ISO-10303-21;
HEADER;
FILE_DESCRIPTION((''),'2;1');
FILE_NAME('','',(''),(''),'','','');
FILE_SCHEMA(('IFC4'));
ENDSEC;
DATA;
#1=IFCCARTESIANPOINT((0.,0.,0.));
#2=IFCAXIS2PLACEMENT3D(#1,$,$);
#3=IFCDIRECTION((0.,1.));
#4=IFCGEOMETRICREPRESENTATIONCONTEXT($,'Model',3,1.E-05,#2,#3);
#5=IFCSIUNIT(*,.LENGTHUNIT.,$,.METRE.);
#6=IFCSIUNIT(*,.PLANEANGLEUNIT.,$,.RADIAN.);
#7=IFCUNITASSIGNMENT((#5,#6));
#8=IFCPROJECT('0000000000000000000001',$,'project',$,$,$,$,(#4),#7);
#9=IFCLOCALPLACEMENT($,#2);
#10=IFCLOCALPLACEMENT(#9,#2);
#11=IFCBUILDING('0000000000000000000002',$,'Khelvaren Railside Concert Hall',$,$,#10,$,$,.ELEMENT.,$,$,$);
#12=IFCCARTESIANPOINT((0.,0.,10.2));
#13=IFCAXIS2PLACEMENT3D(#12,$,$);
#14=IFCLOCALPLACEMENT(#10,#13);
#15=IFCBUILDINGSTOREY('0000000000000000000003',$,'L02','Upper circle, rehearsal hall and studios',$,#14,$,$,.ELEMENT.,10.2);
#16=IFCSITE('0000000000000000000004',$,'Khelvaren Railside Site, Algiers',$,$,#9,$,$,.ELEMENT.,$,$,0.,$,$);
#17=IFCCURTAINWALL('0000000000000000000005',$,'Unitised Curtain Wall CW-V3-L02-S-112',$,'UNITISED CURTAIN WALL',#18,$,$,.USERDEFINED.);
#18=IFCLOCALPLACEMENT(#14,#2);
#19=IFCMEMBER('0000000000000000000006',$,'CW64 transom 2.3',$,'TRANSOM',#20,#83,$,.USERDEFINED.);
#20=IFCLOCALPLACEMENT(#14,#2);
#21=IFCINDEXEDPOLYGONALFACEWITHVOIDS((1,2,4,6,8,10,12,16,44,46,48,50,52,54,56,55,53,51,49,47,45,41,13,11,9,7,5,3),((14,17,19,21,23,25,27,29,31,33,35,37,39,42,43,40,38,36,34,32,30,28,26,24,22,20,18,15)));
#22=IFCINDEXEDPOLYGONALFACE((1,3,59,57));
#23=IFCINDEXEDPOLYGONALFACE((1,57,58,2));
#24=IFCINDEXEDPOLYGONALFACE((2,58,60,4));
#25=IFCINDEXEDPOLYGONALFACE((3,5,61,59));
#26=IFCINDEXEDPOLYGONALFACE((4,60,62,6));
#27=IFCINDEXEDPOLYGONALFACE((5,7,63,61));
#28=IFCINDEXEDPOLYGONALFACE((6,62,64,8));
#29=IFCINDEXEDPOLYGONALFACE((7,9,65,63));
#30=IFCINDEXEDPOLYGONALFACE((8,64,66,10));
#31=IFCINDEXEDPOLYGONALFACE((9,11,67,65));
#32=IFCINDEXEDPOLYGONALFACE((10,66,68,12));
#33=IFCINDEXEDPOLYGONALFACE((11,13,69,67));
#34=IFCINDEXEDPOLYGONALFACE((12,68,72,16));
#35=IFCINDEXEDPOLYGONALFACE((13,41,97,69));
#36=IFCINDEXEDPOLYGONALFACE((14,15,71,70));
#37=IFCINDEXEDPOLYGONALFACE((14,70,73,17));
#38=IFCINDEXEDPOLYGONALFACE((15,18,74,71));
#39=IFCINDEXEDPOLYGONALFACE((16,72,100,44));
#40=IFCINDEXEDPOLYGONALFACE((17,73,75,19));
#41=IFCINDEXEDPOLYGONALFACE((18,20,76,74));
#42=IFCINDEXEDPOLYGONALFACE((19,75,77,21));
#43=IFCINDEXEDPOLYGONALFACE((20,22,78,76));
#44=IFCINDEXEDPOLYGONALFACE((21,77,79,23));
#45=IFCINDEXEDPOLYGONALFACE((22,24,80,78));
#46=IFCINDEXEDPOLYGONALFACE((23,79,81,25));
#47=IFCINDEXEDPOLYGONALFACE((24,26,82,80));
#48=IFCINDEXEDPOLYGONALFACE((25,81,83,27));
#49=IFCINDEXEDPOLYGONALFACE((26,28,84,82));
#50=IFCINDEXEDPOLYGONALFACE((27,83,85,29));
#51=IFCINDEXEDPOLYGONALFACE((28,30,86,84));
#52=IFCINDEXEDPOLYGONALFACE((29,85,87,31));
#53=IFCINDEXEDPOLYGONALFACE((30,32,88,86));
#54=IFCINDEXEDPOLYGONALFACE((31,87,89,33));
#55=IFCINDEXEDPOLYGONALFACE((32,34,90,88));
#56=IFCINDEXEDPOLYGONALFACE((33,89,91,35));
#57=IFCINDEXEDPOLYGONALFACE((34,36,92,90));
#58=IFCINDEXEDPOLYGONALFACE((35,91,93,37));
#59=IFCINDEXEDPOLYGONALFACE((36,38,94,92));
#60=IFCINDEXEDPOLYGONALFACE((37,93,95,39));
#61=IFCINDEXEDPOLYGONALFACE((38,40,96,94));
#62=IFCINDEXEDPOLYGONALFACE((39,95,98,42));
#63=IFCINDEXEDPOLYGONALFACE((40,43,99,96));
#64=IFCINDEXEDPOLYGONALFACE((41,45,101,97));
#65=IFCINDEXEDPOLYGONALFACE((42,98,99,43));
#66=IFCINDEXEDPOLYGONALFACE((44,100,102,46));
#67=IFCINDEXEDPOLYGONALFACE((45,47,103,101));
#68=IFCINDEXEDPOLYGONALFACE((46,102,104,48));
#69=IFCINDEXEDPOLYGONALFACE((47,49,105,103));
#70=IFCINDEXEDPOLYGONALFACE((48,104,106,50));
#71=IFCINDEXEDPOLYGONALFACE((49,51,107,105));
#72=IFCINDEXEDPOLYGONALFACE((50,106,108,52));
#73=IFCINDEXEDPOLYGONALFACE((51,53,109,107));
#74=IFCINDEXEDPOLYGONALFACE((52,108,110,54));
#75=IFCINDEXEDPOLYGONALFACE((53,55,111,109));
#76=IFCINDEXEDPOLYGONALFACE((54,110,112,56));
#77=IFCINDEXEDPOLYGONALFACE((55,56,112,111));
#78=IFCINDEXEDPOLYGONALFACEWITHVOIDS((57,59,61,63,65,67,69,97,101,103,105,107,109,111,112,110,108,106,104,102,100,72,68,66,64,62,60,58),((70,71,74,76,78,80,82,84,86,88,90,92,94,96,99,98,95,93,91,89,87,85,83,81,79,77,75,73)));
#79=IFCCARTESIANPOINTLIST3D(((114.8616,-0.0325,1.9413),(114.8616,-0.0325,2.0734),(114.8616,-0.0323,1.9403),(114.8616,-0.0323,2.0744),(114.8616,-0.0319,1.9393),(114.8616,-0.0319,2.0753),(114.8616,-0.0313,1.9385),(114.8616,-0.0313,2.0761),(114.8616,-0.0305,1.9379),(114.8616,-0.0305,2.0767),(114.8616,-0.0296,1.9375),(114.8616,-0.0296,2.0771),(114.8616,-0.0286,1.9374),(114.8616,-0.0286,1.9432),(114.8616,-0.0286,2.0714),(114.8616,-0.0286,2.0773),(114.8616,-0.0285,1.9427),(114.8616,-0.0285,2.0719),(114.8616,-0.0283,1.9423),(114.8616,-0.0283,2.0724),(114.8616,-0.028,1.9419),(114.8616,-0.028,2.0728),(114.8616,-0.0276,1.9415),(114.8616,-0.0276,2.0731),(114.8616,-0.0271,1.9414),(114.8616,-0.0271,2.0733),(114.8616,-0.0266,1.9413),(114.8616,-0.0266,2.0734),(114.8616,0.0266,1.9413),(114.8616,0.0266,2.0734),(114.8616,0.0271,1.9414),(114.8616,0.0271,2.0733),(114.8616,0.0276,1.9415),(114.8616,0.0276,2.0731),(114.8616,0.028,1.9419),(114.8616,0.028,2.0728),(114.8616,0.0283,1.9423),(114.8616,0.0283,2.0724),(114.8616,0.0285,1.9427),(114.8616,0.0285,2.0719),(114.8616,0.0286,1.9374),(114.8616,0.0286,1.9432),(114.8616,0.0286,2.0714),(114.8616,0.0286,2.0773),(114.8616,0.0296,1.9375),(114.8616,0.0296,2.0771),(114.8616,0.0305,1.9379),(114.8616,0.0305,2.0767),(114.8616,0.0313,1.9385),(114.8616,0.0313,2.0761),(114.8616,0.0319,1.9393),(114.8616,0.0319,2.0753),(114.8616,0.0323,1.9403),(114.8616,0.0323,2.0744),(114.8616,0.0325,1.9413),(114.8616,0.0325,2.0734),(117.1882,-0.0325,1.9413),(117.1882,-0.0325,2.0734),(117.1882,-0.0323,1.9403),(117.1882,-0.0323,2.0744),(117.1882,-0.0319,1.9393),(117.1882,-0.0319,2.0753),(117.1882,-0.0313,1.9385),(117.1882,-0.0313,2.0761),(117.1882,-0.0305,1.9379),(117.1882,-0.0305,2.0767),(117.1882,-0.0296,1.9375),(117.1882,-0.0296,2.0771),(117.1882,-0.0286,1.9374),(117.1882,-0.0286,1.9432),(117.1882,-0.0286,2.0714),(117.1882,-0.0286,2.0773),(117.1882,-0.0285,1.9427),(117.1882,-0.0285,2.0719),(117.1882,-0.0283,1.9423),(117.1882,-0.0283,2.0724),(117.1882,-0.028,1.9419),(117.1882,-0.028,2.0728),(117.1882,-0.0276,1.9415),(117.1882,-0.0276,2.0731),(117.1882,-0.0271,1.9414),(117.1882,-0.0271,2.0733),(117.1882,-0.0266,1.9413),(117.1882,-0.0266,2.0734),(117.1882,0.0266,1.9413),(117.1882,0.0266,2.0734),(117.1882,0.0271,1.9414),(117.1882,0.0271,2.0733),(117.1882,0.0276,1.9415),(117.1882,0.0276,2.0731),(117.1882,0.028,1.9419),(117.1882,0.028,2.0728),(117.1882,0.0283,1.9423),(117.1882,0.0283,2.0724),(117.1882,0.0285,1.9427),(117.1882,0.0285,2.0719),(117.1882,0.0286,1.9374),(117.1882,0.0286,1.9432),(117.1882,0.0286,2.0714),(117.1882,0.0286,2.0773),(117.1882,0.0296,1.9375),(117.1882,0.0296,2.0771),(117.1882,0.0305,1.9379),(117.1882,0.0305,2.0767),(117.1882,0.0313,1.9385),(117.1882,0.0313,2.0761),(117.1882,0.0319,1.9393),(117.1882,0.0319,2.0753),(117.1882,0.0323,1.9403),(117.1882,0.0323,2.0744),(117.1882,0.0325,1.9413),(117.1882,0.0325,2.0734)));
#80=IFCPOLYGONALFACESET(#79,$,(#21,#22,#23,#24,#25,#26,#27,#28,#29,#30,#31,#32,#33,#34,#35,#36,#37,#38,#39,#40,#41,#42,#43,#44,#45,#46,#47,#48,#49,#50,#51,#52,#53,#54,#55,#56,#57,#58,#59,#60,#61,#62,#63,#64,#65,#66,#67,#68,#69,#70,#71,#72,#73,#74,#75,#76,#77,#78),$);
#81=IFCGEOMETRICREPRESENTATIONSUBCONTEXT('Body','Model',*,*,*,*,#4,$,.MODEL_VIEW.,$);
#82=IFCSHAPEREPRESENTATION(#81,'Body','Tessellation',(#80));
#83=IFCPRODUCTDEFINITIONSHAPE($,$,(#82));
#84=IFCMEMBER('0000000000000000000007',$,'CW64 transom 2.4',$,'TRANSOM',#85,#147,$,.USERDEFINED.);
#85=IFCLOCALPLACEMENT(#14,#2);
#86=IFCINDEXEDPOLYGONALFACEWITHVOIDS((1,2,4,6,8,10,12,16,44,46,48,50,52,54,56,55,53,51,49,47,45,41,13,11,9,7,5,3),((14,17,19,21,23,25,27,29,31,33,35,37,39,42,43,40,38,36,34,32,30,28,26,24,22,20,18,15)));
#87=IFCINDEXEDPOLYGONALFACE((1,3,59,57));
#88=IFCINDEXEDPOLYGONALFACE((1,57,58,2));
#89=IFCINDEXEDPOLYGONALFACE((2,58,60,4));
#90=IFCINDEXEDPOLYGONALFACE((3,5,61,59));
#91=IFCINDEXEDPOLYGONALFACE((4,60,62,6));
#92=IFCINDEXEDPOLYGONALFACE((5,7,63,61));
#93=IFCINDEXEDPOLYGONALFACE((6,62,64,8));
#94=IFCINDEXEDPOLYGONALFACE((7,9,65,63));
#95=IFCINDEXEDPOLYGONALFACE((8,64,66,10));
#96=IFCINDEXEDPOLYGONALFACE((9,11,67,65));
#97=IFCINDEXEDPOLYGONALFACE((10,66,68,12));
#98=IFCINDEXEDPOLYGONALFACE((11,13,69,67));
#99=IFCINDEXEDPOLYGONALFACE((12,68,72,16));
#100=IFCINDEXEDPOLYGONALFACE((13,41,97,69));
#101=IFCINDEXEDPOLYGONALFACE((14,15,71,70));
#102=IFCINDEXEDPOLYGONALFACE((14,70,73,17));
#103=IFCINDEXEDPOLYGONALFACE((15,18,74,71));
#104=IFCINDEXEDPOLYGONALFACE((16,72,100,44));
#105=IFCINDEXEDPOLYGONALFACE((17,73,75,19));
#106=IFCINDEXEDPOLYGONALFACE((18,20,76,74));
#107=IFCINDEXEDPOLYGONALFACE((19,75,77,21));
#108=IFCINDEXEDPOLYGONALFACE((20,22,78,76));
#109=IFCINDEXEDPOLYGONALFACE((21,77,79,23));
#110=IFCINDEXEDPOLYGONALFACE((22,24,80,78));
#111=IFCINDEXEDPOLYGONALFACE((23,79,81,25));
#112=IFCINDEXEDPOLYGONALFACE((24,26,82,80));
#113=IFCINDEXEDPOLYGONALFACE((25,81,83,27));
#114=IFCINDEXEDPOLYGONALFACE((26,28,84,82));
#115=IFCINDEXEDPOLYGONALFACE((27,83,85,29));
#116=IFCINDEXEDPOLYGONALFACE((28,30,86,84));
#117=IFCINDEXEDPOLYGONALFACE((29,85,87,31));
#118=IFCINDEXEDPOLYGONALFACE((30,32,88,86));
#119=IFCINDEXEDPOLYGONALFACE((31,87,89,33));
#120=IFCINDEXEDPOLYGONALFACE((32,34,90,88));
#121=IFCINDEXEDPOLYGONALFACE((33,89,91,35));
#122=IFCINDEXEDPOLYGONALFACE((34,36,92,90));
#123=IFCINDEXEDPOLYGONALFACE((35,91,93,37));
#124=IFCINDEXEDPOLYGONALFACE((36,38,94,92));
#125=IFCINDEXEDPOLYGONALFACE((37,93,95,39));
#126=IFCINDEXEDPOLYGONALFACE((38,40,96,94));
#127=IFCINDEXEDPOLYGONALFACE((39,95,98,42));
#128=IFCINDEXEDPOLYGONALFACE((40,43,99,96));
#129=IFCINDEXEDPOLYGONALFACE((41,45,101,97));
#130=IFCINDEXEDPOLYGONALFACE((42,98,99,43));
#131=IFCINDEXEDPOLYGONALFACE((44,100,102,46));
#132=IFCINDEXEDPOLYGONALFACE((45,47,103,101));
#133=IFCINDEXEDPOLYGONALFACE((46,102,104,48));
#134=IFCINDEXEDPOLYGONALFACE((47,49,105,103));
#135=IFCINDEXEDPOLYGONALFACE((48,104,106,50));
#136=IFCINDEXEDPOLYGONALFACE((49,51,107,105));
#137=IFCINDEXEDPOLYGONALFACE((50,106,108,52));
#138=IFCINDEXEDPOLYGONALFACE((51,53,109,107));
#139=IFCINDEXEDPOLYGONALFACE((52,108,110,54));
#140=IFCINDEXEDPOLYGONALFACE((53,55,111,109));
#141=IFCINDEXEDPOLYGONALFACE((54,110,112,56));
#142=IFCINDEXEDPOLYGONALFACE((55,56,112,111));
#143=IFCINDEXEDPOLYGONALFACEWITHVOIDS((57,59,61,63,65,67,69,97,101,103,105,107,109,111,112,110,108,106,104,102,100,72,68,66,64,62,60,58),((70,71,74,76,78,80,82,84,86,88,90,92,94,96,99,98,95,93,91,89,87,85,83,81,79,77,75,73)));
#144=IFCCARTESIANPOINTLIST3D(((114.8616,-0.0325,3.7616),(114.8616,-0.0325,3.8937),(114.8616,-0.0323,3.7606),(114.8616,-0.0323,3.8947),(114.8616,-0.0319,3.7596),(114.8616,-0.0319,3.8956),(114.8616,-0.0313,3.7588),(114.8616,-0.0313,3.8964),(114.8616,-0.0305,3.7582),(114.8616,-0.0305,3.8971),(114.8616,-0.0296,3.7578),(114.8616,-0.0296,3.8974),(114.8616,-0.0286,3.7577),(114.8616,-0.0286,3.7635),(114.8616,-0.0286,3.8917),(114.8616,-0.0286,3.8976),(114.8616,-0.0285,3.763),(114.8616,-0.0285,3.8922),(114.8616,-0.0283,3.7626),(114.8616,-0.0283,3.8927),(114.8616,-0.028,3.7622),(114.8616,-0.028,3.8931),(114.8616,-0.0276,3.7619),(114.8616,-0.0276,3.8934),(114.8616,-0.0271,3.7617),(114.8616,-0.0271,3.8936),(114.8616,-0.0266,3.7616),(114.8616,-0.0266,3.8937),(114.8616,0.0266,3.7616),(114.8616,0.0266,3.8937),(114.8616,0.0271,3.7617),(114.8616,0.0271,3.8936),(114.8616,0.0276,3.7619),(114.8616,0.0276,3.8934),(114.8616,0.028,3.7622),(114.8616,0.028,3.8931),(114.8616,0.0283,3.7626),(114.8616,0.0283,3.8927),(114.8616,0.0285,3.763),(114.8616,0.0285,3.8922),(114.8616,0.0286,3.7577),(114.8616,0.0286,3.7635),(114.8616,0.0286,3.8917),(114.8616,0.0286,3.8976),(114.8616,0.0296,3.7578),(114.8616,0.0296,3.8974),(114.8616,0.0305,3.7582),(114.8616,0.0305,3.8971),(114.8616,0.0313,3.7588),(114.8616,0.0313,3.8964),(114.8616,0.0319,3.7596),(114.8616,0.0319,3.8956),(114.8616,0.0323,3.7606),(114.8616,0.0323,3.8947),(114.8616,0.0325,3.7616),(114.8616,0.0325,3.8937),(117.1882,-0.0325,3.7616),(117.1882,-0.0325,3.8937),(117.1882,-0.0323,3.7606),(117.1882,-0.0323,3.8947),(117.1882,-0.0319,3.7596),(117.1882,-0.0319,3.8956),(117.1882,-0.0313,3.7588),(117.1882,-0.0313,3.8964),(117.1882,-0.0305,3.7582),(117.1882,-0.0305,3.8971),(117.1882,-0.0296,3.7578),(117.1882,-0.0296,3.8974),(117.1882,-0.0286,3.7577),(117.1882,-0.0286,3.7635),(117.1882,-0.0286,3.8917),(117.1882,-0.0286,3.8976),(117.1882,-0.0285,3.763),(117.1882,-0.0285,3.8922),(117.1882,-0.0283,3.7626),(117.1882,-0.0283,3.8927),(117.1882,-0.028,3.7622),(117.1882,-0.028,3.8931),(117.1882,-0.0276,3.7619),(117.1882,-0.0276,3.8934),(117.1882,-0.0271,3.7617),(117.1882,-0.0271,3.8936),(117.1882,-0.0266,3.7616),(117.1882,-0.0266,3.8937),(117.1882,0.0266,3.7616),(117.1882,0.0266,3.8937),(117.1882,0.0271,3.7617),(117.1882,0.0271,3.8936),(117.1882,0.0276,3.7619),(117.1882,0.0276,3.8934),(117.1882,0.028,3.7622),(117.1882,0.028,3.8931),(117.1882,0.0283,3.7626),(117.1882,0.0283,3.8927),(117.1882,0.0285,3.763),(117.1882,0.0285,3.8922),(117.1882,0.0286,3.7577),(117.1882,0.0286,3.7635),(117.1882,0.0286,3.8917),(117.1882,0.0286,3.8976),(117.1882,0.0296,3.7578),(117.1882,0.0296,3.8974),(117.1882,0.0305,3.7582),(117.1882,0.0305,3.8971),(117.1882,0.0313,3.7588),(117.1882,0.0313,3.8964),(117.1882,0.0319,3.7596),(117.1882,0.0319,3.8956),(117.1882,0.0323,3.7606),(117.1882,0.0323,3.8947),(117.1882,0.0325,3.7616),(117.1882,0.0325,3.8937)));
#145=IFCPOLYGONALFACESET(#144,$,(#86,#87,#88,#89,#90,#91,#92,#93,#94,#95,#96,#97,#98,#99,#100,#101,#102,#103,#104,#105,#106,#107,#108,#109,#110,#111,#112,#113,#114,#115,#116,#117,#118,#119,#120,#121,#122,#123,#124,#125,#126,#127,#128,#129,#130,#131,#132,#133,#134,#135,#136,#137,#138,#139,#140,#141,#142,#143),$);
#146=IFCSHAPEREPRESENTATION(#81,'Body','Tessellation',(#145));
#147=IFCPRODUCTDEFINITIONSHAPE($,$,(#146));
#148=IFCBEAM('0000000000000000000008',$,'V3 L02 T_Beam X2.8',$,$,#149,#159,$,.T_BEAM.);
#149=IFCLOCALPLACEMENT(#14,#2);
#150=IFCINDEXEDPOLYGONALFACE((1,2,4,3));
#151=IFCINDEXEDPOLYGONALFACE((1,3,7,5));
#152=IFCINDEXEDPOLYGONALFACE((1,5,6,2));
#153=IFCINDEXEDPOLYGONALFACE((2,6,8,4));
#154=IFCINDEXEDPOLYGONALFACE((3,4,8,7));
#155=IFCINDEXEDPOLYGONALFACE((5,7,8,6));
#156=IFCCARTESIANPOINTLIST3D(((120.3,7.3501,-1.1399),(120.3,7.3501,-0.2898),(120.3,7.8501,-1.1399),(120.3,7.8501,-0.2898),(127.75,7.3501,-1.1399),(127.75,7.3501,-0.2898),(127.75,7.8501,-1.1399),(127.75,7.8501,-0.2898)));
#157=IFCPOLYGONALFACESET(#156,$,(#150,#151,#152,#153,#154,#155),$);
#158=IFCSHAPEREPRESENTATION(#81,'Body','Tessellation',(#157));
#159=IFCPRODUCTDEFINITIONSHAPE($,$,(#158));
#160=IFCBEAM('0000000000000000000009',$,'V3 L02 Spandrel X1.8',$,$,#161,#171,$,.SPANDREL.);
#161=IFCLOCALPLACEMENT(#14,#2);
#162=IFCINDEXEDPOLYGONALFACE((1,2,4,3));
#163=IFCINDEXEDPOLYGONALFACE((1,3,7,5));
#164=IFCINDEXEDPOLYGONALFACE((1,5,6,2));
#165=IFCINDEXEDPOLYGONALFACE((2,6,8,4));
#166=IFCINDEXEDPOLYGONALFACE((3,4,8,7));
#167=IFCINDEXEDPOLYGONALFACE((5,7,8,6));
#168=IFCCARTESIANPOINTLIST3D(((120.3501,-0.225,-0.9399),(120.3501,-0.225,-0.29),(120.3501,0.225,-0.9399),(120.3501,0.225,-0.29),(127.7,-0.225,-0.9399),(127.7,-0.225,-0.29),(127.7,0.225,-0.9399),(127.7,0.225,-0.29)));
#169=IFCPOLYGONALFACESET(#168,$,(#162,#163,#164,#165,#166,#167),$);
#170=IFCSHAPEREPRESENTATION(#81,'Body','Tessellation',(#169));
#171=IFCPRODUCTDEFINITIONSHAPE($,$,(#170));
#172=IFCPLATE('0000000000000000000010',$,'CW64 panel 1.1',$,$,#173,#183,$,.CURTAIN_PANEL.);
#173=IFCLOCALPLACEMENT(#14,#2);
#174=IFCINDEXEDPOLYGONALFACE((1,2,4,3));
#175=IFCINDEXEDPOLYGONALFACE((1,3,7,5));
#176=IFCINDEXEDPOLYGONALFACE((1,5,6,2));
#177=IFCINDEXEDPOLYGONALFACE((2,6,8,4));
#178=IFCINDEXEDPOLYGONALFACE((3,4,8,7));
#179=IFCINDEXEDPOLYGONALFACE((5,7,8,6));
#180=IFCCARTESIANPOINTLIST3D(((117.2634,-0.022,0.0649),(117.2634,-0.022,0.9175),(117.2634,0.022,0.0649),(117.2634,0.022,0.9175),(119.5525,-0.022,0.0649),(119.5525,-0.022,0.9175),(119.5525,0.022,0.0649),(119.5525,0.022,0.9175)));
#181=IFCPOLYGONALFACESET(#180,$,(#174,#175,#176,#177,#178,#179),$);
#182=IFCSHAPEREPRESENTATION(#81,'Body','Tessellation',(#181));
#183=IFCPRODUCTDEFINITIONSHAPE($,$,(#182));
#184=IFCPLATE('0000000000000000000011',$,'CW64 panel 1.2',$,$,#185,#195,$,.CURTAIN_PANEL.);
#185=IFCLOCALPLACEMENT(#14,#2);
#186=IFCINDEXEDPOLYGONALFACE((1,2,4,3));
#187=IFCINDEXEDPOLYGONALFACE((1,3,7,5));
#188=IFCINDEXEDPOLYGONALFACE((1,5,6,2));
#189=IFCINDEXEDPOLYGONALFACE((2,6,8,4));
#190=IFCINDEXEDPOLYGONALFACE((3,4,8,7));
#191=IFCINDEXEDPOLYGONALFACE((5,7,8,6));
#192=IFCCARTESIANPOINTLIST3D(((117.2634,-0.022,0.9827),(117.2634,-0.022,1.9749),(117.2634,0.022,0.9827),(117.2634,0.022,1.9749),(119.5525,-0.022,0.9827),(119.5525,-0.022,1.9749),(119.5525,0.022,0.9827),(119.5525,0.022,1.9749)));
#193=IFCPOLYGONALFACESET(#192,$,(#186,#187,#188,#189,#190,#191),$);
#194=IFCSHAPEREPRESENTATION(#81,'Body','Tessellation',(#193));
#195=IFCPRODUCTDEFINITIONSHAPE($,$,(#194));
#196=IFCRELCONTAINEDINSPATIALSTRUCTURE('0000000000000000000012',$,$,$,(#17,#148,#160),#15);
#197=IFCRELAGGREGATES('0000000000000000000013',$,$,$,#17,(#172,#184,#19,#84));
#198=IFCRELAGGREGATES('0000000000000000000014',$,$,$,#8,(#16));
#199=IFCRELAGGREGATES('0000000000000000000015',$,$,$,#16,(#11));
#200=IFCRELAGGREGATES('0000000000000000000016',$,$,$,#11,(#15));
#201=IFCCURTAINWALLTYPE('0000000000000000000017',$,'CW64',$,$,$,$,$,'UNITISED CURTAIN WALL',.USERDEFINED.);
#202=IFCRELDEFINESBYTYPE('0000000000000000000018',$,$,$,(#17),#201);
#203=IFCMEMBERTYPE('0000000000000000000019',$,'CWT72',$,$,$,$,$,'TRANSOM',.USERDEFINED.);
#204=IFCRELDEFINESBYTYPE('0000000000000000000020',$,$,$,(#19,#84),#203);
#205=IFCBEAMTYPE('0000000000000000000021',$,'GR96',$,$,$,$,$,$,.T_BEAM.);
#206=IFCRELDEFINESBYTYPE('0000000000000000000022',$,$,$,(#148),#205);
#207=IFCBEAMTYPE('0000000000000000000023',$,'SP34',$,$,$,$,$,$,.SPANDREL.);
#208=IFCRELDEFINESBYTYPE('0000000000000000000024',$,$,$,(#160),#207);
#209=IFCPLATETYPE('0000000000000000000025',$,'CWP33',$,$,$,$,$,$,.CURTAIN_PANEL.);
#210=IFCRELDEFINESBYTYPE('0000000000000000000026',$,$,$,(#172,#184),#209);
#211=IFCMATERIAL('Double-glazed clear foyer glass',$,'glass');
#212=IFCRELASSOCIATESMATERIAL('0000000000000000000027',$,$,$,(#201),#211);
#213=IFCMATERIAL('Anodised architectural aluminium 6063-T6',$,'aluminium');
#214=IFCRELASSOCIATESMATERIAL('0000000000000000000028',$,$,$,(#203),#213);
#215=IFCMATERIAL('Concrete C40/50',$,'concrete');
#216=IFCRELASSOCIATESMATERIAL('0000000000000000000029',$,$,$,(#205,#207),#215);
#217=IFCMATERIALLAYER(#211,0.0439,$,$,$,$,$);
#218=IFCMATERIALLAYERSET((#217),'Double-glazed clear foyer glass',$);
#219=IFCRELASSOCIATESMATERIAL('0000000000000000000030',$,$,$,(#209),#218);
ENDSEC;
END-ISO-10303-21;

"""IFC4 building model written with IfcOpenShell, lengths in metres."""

from ifc_helpers import new_model, si_unit, direction, frame, origin, origin_2d, place, context, subcontext, project, spatial, rectangle, hollow_rectangle, extrude, material, layer, layer_set, material_profile, profile_set, type_object, element, aggregate, save


model = new_model("IFC4")

# Units and contexts
model_context = context("Model", 3, precision=1e-05, world=origin(), true_north=direction((0.0, 1.0)))
body_context = subcontext(model_context, "Body", "Model", "MODEL_VIEW")
ifc_project = project(units=[si_unit("LENGTHUNIT", "METRE"), si_unit("PLANEANGLEUNIT", "RADIAN")], contexts=[model_context])

# Site, building, storey
site_placement = place(None, origin())
site = spatial("IfcSite", under=ifc_project, at=site_placement, Name="Khelvaren Railside Site, Algiers", CompositionType="ELEMENT", RefElevation=0.0)
building_placement = place(site_placement, origin())
building = spatial("IfcBuilding", under=site, at=building_placement, Name="Khelvaren Railside Concert Hall", CompositionType="ELEMENT")
storey_placement = place(building_placement, frame((0.0, 0.0, 10.2)))
storey = spatial("IfcBuildingStorey", under=building, at=storey_placement, Name="L02", Description="Upper circle, rehearsal hall and studios", CompositionType="ELEMENT", Elevation=10.2)

# Curtain wall, members
ifc_material_1 = material(Name="Double-glazed clear foyer glass", Category="glass")
curtain_wall_type = type_object("IfcCurtainWallType", Name="CW64", ElementType="UNITISED CURTAIN WALL", PredefinedType="USERDEFINED", material=ifc_material_1)
curtain_wall_placement = place(storey_placement, origin())
curtain_wall = element("IfcCurtainWall", 1, at=curtain_wall_placement, inside=storey, type_object=curtain_wall_type, Name="Unitised Curtain Wall CW-V3-L02-S-112", ObjectType="UNITISED CURTAIN WALL", PredefinedType="USERDEFINED")
ifc_material_2 = material(Name="Anodised architectural aluminium 6063-T6", Category="aluminium")
ifc_material_profile_1 = material_profile(ifc_material_2, hollow_rectangle(XDim=0.0649, YDim=0.1399, WallThickness=0.0039, InnerFilletRadius=0.002, OuterFilletRadius=0.0039, at=origin_2d()), Name="CWT 65x140x4")
ifc_profile_set_1 = profile_set([ifc_material_profile_1], Name="Anodised architectural aluminium 6063-T6")
member_type_1 = type_object("IfcMemberType", Name="CWT72", ElementType="TRANSOM", PredefinedType="USERDEFINED", material=ifc_profile_set_1)
member_1_placement = place(storey_placement, frame((117.1882, 0.0, 2.0073), z_axis=(-1.0, 0.0, 0.0), x_axis=(0.0, -1.0, 0.0)))
member_1 = element("IfcMember", 2, at=member_1_placement, type_object=member_type_1, Name="CW64 transom 2.3", ObjectType="TRANSOM", PredefinedType="USERDEFINED", context=body_context, shape_type="SweptSolid", body=[
    extrude(hollow_rectangle(XDim=0.0649, YDim=0.1399, WallThickness=0.0039, InnerFilletRadius=0.002, OuterFilletRadius=0.0039, at=origin_2d()), origin(), (0.0, 0.0, 1.0), 2.3267),
])
member_2_placement = place(storey_placement, frame((117.1882, 0.0, 3.8276), z_axis=(-1.0, 0.0, 0.0), x_axis=(0.0, -1.0, 0.0)))
member_2 = element("IfcMember", 3, at=member_2_placement, type_object=member_type_1, Name="CW64 transom 2.4", ObjectType="TRANSOM", PredefinedType="USERDEFINED", context=body_context, shape_type="SweptSolid", body=[
    extrude(hollow_rectangle(XDim=0.0649, YDim=0.1399, WallThickness=0.0039, InnerFilletRadius=0.002, OuterFilletRadius=0.0039, at=origin_2d()), origin(), (0.0, 0.0, 1.0), 2.3267),
])

# Beams
ifc_material_3 = material(Name="Concrete C40/50", Category="concrete")
ifc_material_profile_2 = material_profile(ifc_material_3, rectangle(XDim=0.5, YDim=0.8501, at=origin_2d()), Name="RCB 500x850")
ifc_profile_set_2 = profile_set([ifc_material_profile_2], Name="Concrete C40/50")
beam_type_1 = type_object("IfcBeamType", Name="GR96", PredefinedType="T_BEAM", material=ifc_profile_set_2)
beam_1_placement = place(storey_placement, frame((120.3, 7.6001, -0.7148), z_axis=(1.0, 0.0, 0.0), x_axis=(0.0, 1.0, 0.0)))
element("IfcBeam", 4, at=beam_1_placement, inside=storey, type_object=beam_type_1, Name="V3 L02 T_Beam X2.8", PredefinedType="T_BEAM", context=body_context, shape_type="SweptSolid", body=[
    extrude(rectangle(XDim=0.5, YDim=0.8501, at=origin_2d()), origin(), (0.0, 0.0, 1.0), 7.45),
])
ifc_material_profile_3 = material_profile(ifc_material_3, rectangle(XDim=0.45, YDim=0.6499, at=origin_2d()), Name="RCB 450x650")
ifc_profile_set_3 = profile_set([ifc_material_profile_3], Name="Concrete C40/50")
beam_type_2 = type_object("IfcBeamType", Name="SP34", PredefinedType="SPANDREL", material=ifc_profile_set_3)
beam_2_placement = place(storey_placement, frame((120.3501, 0.0, -0.615), z_axis=(1.0, 0.0, 0.0), x_axis=(0.0, 1.0, 0.0)))
element("IfcBeam", 5, at=beam_2_placement, inside=storey, type_object=beam_type_2, Name="V3 L02 Spandrel X1.8", PredefinedType="SPANDREL", context=body_context, shape_type="SweptSolid", body=[
    extrude(rectangle(XDim=0.45, YDim=0.6499, at=origin_2d()), origin(), (0.0, 0.0, 1.0), 7.3499),
])

# Plates
ifc_layer_1 = layer(ifc_material_1, 0.0439)
ifc_layer_set_1 = layer_set([ifc_layer_1], Name="Double-glazed clear foyer glass")
plate_type = type_object("IfcPlateType", Name="CWP33", PredefinedType="CURTAIN_PANEL", material=ifc_layer_set_1)
plate_1_placement = place(storey_placement, frame((118.408, 0.0, 0.0649), z_axis=(0.0, 0.0, 1.0), x_axis=(-1.0, 0.0, 0.0)))
plate_1 = element("IfcPlate", 6, at=plate_1_placement, type_object=plate_type, Name="CW64 panel 1.1", PredefinedType="CURTAIN_PANEL", context=body_context, shape_type="SweptSolid", body=[
    extrude(rectangle(XDim=2.2891, YDim=0.0439, at=origin_2d()), origin(), (0.0, 0.0, 1.0), 0.8525),
])
plate_2_placement = place(storey_placement, frame((118.408, 0.0, 0.9827), z_axis=(0.0, 0.0, 1.0), x_axis=(-1.0, 0.0, 0.0)))
plate_2 = element("IfcPlate", 7, at=plate_2_placement, type_object=plate_type, Name="CW64 panel 1.2", PredefinedType="CURTAIN_PANEL", context=body_context, shape_type="SweptSolid", body=[
    extrude(rectangle(XDim=2.2891, YDim=0.0439, at=origin_2d()), origin(), (0.0, 0.0, 1.0), 0.9922),
])
aggregate(curtain_wall, [plate_1, plate_2, member_1, member_2])

save(model, "model.ifc")
